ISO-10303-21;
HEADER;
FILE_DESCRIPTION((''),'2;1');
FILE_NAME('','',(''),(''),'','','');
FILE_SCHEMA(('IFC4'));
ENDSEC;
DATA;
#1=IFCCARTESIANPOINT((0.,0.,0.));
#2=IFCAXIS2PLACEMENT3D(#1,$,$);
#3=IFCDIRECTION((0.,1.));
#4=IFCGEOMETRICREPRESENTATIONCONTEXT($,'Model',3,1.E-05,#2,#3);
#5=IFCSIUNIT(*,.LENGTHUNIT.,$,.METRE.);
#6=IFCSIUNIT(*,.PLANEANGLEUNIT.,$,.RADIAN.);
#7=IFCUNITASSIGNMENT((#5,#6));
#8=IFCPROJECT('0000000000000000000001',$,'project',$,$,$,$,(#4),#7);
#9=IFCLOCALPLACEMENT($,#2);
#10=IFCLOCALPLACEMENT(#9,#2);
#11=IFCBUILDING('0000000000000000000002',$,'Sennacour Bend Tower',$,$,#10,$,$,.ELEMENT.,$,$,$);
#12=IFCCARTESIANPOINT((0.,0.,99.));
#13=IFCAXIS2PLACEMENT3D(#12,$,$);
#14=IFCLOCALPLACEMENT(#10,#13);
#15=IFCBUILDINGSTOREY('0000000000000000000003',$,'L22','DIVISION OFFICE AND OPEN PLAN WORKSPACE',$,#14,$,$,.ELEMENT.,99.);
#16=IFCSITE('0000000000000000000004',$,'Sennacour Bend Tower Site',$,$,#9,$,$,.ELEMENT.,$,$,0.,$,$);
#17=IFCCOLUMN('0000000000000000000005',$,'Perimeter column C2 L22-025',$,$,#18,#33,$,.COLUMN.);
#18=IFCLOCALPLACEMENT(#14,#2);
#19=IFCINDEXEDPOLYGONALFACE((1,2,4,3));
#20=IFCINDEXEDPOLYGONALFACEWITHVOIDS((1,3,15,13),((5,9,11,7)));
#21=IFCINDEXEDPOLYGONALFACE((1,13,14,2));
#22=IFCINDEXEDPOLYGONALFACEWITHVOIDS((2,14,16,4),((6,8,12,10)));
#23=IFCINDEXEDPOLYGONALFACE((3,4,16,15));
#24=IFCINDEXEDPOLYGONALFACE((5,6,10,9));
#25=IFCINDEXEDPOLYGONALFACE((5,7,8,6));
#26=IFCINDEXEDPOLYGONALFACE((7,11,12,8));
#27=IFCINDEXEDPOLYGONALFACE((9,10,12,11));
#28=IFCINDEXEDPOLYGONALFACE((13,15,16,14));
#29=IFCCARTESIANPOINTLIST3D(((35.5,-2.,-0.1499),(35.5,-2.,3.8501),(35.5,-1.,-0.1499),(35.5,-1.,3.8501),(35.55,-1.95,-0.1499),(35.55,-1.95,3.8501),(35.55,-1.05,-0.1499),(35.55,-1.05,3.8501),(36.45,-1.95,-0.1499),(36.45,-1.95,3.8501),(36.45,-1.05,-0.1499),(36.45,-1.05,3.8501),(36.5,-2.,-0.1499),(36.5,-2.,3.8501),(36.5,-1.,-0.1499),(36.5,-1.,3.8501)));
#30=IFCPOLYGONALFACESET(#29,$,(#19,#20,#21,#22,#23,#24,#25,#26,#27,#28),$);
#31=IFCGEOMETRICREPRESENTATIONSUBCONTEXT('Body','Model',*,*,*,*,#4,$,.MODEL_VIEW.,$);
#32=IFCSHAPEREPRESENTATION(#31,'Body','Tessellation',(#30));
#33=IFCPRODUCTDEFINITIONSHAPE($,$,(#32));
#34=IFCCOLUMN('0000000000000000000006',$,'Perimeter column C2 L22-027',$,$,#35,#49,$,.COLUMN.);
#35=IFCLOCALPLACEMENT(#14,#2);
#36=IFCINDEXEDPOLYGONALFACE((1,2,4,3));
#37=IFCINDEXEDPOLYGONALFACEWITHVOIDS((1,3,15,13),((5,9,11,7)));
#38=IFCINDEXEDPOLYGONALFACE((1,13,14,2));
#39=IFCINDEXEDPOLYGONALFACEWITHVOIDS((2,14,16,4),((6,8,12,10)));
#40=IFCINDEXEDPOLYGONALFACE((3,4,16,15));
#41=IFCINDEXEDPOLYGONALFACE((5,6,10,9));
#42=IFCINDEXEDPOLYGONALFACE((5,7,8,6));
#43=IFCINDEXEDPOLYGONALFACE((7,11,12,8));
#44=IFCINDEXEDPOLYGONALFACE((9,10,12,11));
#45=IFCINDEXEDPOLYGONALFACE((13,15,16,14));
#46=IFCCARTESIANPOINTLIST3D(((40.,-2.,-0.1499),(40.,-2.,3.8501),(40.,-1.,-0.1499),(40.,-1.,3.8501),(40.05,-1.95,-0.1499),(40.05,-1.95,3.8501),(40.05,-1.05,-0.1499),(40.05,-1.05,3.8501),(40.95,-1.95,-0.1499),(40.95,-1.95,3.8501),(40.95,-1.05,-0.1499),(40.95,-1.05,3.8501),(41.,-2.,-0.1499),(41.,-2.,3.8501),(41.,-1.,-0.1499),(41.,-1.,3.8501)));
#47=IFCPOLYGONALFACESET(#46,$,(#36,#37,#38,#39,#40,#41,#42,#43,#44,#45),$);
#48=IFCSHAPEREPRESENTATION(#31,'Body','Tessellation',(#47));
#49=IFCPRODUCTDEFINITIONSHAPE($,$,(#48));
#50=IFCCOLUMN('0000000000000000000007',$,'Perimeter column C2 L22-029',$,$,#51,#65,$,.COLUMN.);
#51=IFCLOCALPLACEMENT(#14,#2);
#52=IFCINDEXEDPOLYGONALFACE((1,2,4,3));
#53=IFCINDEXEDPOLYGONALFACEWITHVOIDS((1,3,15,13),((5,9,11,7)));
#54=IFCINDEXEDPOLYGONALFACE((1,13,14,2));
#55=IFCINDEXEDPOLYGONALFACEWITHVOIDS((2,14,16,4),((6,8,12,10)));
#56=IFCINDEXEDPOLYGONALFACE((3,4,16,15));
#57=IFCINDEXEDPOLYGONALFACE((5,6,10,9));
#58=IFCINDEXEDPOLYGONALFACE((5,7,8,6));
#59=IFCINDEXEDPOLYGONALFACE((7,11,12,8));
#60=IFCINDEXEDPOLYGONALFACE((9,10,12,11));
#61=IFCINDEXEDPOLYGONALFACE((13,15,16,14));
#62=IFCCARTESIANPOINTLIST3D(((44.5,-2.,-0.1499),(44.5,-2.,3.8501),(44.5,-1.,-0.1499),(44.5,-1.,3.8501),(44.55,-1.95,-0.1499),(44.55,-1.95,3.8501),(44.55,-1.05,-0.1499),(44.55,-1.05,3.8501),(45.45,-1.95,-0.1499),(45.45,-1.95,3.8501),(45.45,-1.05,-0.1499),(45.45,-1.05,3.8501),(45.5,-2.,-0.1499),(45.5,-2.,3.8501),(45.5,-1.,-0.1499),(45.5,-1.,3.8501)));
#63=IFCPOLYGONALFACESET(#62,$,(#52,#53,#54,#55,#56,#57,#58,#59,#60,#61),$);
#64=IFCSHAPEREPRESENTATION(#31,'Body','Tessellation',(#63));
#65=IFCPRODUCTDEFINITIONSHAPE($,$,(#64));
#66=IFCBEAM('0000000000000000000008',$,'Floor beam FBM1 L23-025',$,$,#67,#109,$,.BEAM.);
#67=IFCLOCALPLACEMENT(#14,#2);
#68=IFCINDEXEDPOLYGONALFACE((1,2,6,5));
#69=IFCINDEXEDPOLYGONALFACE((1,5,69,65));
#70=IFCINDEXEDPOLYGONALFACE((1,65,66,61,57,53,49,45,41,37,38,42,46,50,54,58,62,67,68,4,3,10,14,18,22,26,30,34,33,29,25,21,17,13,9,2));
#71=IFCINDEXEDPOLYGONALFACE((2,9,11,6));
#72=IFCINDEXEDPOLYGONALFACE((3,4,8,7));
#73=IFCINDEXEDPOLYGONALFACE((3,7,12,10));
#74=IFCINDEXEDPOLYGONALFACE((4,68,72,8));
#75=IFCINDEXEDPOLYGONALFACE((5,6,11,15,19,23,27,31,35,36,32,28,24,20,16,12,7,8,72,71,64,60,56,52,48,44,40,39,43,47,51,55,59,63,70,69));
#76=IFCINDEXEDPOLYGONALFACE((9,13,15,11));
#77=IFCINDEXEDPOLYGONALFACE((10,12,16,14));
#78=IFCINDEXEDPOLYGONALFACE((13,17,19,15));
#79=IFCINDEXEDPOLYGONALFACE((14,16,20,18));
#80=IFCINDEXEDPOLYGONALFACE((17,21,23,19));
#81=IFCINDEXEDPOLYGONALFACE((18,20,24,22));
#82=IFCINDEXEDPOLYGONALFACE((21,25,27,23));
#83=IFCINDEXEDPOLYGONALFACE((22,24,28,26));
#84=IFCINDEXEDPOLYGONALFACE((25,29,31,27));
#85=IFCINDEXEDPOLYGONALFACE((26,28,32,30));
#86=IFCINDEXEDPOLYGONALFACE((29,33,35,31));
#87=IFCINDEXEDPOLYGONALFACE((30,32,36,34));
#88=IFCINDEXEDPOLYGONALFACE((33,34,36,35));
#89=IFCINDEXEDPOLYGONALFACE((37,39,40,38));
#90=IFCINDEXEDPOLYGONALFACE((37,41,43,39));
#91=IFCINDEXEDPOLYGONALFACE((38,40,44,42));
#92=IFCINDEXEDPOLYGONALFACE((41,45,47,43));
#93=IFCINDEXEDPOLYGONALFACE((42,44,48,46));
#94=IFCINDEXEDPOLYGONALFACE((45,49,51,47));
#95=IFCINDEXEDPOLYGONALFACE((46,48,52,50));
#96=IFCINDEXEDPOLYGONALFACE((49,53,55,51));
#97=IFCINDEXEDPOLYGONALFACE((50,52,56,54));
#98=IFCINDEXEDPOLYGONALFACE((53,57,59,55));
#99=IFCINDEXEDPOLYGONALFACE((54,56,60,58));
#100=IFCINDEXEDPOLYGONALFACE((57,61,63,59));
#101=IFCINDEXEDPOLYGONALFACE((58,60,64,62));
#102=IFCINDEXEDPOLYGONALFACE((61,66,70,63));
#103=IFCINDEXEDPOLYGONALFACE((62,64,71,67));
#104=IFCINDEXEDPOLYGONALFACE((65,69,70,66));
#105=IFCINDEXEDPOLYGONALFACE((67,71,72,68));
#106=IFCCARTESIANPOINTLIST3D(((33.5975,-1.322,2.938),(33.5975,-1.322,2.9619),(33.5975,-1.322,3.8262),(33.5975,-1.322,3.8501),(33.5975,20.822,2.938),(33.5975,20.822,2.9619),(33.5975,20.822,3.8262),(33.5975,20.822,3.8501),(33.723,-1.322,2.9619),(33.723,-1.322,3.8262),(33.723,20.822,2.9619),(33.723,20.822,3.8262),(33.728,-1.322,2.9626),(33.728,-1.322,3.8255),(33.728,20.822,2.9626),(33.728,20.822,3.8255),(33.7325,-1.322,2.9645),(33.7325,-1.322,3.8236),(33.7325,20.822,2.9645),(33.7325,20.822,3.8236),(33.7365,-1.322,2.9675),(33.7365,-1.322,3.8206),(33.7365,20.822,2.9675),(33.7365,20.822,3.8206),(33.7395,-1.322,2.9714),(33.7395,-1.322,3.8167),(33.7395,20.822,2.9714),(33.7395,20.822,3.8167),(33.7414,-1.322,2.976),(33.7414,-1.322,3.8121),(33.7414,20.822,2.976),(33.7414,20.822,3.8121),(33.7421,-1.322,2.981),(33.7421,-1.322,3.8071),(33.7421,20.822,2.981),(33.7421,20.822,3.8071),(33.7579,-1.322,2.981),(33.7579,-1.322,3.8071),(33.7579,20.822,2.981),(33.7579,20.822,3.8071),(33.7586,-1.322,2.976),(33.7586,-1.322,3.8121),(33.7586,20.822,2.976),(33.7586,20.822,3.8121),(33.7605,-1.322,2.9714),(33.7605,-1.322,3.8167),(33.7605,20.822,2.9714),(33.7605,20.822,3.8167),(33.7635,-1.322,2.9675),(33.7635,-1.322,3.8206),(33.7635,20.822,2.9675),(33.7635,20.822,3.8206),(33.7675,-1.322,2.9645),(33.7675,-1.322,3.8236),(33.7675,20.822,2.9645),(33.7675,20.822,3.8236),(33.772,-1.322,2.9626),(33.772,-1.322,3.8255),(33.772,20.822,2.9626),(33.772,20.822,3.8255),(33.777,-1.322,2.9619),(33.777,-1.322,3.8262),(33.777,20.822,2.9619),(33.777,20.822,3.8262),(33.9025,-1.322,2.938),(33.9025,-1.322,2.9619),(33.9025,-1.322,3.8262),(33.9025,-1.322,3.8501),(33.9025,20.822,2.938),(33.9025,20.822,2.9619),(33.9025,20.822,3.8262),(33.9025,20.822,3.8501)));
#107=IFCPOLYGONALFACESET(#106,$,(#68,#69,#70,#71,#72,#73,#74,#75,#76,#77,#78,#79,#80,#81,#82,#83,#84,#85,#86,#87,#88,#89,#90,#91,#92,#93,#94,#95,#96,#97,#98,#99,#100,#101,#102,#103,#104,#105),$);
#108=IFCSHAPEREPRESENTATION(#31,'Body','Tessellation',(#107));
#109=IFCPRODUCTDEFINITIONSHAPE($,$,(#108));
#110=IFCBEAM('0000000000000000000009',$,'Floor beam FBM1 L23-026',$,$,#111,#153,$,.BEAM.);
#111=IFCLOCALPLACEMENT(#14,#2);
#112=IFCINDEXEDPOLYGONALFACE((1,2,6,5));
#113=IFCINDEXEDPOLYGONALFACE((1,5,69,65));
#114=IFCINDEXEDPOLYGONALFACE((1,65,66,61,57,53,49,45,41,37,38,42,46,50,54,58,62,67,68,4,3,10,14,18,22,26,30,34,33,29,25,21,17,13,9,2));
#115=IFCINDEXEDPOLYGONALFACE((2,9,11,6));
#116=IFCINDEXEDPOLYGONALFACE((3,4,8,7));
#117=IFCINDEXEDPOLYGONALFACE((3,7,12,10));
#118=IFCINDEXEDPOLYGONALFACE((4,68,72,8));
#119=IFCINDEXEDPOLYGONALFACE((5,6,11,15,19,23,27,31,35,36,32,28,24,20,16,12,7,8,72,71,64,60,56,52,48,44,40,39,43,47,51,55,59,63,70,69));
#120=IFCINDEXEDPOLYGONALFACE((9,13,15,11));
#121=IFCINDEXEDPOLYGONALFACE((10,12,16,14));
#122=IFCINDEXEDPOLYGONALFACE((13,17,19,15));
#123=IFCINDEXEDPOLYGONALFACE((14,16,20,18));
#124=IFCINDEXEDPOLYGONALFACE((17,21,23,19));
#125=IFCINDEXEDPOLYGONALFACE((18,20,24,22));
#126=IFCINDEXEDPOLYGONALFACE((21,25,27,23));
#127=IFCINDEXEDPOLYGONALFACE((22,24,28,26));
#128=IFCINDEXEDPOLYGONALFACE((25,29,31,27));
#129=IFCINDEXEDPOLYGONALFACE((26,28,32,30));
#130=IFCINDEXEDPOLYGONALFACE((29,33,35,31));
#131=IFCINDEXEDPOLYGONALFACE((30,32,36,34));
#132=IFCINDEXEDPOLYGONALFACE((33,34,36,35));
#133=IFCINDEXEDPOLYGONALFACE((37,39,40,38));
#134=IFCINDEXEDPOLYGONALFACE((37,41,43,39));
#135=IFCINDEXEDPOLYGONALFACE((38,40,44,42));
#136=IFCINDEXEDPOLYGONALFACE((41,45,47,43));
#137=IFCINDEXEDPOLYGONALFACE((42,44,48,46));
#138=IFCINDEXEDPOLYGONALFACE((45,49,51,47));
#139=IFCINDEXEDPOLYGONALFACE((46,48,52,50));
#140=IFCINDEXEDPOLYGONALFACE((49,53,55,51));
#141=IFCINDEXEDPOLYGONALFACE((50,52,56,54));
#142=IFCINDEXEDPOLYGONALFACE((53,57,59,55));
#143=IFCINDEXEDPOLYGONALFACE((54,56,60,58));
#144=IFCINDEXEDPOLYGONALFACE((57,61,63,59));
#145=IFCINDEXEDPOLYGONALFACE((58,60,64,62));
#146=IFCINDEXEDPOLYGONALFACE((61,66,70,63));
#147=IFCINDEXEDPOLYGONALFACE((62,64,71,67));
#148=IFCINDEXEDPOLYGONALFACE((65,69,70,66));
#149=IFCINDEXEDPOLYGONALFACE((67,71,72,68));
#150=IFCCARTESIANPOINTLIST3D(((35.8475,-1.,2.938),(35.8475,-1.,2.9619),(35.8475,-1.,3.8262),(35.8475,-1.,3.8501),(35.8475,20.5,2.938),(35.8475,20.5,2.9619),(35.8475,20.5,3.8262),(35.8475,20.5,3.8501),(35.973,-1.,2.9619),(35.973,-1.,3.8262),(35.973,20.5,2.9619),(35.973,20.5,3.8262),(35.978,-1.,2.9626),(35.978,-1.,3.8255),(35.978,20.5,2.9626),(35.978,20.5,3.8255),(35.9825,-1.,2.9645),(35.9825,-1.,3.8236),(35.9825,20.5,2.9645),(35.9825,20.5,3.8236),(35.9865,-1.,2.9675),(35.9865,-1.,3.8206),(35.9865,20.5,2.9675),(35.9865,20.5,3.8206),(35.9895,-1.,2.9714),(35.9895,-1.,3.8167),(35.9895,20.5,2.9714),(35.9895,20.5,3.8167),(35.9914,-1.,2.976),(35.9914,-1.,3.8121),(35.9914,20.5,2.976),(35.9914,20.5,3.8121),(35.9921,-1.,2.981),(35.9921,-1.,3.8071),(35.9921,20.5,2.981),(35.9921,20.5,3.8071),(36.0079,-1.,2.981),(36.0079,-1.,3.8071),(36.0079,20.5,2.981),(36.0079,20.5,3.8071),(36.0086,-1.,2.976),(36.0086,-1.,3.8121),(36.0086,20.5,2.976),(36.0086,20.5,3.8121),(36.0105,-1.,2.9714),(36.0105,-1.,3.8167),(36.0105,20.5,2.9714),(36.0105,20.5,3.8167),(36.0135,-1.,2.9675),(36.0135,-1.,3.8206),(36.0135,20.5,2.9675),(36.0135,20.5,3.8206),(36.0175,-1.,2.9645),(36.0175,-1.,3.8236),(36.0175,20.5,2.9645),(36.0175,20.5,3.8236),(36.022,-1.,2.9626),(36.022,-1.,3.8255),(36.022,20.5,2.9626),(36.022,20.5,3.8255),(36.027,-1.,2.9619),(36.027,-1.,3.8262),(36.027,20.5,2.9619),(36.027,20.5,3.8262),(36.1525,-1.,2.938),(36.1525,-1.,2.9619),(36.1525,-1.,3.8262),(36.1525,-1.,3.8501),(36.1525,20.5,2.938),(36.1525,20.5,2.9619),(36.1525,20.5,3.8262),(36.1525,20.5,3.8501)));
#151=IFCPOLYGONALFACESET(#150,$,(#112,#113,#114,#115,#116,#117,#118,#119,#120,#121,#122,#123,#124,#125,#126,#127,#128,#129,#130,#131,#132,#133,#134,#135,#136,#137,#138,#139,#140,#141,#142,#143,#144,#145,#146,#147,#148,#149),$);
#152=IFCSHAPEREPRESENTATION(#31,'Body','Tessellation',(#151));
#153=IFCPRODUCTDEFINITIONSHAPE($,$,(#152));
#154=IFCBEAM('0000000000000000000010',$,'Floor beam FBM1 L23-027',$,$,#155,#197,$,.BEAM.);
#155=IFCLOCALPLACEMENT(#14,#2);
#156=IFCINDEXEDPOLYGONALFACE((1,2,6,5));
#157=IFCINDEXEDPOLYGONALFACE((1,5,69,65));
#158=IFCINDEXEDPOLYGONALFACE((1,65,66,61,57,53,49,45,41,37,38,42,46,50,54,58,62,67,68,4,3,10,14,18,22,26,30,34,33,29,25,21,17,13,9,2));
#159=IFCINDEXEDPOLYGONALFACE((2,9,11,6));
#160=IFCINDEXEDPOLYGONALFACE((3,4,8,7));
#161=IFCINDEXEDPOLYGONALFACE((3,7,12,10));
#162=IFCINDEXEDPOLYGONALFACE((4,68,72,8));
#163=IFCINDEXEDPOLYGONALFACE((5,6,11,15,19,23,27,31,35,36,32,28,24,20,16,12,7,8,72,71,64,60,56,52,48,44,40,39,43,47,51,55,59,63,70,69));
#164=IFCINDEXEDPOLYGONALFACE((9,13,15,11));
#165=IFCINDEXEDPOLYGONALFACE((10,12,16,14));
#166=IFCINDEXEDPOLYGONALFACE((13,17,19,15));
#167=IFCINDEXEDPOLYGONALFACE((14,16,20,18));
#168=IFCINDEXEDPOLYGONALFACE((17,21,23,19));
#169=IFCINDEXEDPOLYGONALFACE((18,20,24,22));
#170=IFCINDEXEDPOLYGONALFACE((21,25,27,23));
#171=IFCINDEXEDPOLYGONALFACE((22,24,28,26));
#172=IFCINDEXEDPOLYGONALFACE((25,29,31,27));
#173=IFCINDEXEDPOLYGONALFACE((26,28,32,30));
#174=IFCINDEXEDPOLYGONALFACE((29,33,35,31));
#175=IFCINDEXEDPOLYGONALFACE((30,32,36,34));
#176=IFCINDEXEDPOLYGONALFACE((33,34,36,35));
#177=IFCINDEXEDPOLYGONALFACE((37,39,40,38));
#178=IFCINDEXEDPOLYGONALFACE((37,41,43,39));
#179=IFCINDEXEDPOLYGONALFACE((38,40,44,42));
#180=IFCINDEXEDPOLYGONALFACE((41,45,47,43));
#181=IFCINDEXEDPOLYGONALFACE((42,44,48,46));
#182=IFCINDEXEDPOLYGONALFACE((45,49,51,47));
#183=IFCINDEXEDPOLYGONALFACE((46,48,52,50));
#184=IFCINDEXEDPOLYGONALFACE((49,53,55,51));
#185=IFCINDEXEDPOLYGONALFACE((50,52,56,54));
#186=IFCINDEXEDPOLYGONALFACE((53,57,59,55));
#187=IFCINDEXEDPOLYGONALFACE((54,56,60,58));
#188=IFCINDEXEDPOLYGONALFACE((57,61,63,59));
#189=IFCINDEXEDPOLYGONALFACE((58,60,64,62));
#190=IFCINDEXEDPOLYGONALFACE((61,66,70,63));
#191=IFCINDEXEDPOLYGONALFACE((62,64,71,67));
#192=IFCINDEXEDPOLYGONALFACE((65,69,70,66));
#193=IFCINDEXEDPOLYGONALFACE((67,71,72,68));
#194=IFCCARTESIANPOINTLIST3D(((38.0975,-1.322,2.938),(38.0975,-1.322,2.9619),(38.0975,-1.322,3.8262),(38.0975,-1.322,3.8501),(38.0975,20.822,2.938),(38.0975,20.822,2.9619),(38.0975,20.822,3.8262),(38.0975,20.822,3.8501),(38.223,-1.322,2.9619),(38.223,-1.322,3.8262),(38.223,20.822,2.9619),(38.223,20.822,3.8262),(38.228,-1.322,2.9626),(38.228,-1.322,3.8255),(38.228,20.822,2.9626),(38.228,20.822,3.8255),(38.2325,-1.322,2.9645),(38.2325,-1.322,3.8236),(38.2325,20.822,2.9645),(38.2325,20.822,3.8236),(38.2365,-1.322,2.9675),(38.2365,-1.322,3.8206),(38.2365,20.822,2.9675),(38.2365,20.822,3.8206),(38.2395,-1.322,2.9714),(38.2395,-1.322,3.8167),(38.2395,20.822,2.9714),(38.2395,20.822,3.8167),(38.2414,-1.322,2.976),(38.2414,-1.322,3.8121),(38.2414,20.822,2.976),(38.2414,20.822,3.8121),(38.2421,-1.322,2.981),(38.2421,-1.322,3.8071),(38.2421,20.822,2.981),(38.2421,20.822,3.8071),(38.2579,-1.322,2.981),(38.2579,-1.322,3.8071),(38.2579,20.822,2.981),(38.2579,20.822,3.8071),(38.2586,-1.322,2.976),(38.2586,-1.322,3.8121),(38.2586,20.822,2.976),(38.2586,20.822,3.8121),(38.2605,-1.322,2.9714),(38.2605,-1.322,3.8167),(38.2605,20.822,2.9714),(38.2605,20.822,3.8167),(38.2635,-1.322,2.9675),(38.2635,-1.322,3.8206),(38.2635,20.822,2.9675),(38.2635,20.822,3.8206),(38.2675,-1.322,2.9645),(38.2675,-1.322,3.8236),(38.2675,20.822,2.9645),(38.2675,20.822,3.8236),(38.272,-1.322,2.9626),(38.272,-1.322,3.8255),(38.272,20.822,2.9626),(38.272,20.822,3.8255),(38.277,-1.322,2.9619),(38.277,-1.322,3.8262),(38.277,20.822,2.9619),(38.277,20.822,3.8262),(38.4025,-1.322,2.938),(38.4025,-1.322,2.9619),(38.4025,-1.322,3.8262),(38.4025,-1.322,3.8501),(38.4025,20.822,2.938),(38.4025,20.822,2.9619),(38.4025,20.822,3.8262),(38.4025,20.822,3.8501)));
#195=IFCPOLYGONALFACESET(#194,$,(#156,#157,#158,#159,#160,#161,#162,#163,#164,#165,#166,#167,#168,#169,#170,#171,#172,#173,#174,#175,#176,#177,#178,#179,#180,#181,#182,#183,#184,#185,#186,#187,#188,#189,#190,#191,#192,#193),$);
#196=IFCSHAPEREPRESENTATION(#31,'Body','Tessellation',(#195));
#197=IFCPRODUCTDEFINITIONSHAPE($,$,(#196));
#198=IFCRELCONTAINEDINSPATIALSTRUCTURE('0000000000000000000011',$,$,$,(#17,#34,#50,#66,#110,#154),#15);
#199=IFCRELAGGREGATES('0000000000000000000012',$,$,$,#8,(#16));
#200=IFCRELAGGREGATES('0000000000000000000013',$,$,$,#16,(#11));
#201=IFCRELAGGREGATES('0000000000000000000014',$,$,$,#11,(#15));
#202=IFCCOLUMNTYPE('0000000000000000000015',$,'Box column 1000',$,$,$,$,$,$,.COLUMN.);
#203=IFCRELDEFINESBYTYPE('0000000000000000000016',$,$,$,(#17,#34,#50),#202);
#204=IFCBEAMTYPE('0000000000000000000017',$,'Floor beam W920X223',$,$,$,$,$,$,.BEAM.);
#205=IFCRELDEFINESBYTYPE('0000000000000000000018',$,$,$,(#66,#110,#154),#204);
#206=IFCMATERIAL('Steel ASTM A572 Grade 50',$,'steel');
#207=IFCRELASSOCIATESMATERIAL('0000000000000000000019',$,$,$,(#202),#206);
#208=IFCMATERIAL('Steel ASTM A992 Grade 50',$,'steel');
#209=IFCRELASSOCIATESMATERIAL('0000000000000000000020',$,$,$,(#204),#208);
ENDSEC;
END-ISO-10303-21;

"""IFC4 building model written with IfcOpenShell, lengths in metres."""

from ifc_helpers import new_model, si_unit, direction, frame, origin, origin_2d, place, context, subcontext, project, spatial, hollow_rectangle, i_section, extrude, material, material_profile, profile_set, type_object, element, save


model = new_model("IFC4")

# Units and contexts
model_context = context("Model", 3, precision=1e-05, world=origin(), true_north=direction((0.0, 1.0)))
body_context = subcontext(model_context, "Body", "Model", "MODEL_VIEW")
ifc_project = project(units=[si_unit("LENGTHUNIT", "METRE"), si_unit("PLANEANGLEUNIT", "RADIAN")], contexts=[model_context])

# Site, building, storey
site_placement = place(None, origin())
site = spatial("IfcSite", under=ifc_project, at=site_placement, Name="Sennacour Bend Tower Site", CompositionType="ELEMENT", RefElevation=0.0)
building_placement = place(site_placement, origin())
building = spatial("IfcBuilding", under=site, at=building_placement, Name="Sennacour Bend Tower", CompositionType="ELEMENT")
storey_placement = place(building_placement, frame((0.0, 0.0, 99.0)))
storey = spatial("IfcBuildingStorey", under=building, at=storey_placement, Name="L22", Description="DIVISION OFFICE AND OPEN PLAN WORKSPACE", CompositionType="ELEMENT", Elevation=99.0)

# Columns
ifc_material_1 = material(Name="Steel ASTM A572 Grade 50", Category="steel")
ifc_material_profile_1 = material_profile(ifc_material_1, hollow_rectangle(XDim=1.0, YDim=1.0, WallThickness=0.05, at=origin_2d()), Name="Steel ASTM A572 Grade 50", Category="steel")
ifc_profile_set_1 = profile_set([ifc_material_profile_1], Name="Steel ASTM A572 Grade 50")
column_type = type_object("IfcColumnType", Name="Box column 1000", PredefinedType="COLUMN", material=ifc_profile_set_1)
for number, where, z_axis, x_axis, name in (
    (1, (36.0, -1.5, -0.1499), (0.0, 0.0, 1.0), (1.0, 0.0, 0.0), "Perimeter column C2 L22-025"),
    (2, (40.5, -1.5, -0.1499), (0.0, 0.0, 1.0), (1.0, 0.0, 0.0), "Perimeter column C2 L22-027"),
    (3, (45.0, -1.5, -0.1499), (0.0, 0.0, 1.0), (1.0, 0.0, 0.0), "Perimeter column C2 L22-029"),
):
    element("IfcColumn", number, at=place(storey_placement, frame(where, z_axis=z_axis, x_axis=x_axis)), inside=storey, type_object=column_type, Name=name, PredefinedType="COLUMN", context=body_context, shape_type="SweptSolid", body=[
        extrude(hollow_rectangle(XDim=1.0, YDim=1.0, WallThickness=0.05, at=origin_2d()), origin(), (0.0, 0.0, 1.0), 4.0),
    ])

# Beams
ifc_material_2 = material(Name="Steel ASTM A992 Grade 50", Category="steel")
ifc_material_profile_2 = material_profile(ifc_material_2, i_section(OverallWidth=0.3049, OverallDepth=0.9121, WebThickness=0.0159, FlangeThickness=0.0239, FilletRadius=0.019, at=origin_2d()), Name="Steel ASTM A992 Grade 50", Category="steel")
ifc_profile_set_2 = profile_set([ifc_material_profile_2], Name="Steel ASTM A992 Grade 50")
beam_type_1 = type_object("IfcBeamType", Name="Floor beam W920X223", PredefinedType="BEAM", material=ifc_profile_set_2)
beam_1_placement = place(storey_placement, frame((33.75, -1.322, 3.394), z_axis=(0.0, 1.0, 0.0), x_axis=(-1.0, 0.0, 0.0)))
element("IfcBeam", 4, at=beam_1_placement, inside=storey, type_object=beam_type_1, Name="Floor beam FBM1 L23-025", PredefinedType="BEAM", context=body_context, shape_type="SweptSolid", body=[
    extrude(i_section(OverallWidth=0.3049, OverallDepth=0.9121, WebThickness=0.0159, FlangeThickness=0.0239, FilletRadius=0.019, at=origin_2d()), origin(), (0.0, 0.0, 1.0), 22.144),
])
beam_2_placement = place(storey_placement, frame((36.0, -1.0, 3.394), z_axis=(0.0, 1.0, 0.0), x_axis=(-1.0, 0.0, 0.0)))
element("IfcBeam", 5, at=beam_2_placement, inside=storey, type_object=beam_type_1, Name="Floor beam FBM1 L23-026", PredefinedType="BEAM", context=body_context, shape_type="SweptSolid", body=[
    extrude(i_section(OverallWidth=0.3049, OverallDepth=0.9121, WebThickness=0.0159, FlangeThickness=0.0239, FilletRadius=0.019, at=origin_2d()), origin(), (0.0, 0.0, 1.0), 21.5),
])
beam_3_placement = place(storey_placement, frame((38.25, -1.322, 3.394), z_axis=(0.0, 1.0, 0.0), x_axis=(-1.0, 0.0, 0.0)))
element("IfcBeam", 6, at=beam_3_placement, inside=storey, type_object=beam_type_1, Name="Floor beam FBM1 L23-027", PredefinedType="BEAM", context=body_context, shape_type="SweptSolid", body=[
    extrude(i_section(OverallWidth=0.3049, OverallDepth=0.9121, WebThickness=0.0159, FlangeThickness=0.0239, FilletRadius=0.019, at=origin_2d()), origin(), (0.0, 0.0, 1.0), 22.144),
])

save(model, "model.ifc")
